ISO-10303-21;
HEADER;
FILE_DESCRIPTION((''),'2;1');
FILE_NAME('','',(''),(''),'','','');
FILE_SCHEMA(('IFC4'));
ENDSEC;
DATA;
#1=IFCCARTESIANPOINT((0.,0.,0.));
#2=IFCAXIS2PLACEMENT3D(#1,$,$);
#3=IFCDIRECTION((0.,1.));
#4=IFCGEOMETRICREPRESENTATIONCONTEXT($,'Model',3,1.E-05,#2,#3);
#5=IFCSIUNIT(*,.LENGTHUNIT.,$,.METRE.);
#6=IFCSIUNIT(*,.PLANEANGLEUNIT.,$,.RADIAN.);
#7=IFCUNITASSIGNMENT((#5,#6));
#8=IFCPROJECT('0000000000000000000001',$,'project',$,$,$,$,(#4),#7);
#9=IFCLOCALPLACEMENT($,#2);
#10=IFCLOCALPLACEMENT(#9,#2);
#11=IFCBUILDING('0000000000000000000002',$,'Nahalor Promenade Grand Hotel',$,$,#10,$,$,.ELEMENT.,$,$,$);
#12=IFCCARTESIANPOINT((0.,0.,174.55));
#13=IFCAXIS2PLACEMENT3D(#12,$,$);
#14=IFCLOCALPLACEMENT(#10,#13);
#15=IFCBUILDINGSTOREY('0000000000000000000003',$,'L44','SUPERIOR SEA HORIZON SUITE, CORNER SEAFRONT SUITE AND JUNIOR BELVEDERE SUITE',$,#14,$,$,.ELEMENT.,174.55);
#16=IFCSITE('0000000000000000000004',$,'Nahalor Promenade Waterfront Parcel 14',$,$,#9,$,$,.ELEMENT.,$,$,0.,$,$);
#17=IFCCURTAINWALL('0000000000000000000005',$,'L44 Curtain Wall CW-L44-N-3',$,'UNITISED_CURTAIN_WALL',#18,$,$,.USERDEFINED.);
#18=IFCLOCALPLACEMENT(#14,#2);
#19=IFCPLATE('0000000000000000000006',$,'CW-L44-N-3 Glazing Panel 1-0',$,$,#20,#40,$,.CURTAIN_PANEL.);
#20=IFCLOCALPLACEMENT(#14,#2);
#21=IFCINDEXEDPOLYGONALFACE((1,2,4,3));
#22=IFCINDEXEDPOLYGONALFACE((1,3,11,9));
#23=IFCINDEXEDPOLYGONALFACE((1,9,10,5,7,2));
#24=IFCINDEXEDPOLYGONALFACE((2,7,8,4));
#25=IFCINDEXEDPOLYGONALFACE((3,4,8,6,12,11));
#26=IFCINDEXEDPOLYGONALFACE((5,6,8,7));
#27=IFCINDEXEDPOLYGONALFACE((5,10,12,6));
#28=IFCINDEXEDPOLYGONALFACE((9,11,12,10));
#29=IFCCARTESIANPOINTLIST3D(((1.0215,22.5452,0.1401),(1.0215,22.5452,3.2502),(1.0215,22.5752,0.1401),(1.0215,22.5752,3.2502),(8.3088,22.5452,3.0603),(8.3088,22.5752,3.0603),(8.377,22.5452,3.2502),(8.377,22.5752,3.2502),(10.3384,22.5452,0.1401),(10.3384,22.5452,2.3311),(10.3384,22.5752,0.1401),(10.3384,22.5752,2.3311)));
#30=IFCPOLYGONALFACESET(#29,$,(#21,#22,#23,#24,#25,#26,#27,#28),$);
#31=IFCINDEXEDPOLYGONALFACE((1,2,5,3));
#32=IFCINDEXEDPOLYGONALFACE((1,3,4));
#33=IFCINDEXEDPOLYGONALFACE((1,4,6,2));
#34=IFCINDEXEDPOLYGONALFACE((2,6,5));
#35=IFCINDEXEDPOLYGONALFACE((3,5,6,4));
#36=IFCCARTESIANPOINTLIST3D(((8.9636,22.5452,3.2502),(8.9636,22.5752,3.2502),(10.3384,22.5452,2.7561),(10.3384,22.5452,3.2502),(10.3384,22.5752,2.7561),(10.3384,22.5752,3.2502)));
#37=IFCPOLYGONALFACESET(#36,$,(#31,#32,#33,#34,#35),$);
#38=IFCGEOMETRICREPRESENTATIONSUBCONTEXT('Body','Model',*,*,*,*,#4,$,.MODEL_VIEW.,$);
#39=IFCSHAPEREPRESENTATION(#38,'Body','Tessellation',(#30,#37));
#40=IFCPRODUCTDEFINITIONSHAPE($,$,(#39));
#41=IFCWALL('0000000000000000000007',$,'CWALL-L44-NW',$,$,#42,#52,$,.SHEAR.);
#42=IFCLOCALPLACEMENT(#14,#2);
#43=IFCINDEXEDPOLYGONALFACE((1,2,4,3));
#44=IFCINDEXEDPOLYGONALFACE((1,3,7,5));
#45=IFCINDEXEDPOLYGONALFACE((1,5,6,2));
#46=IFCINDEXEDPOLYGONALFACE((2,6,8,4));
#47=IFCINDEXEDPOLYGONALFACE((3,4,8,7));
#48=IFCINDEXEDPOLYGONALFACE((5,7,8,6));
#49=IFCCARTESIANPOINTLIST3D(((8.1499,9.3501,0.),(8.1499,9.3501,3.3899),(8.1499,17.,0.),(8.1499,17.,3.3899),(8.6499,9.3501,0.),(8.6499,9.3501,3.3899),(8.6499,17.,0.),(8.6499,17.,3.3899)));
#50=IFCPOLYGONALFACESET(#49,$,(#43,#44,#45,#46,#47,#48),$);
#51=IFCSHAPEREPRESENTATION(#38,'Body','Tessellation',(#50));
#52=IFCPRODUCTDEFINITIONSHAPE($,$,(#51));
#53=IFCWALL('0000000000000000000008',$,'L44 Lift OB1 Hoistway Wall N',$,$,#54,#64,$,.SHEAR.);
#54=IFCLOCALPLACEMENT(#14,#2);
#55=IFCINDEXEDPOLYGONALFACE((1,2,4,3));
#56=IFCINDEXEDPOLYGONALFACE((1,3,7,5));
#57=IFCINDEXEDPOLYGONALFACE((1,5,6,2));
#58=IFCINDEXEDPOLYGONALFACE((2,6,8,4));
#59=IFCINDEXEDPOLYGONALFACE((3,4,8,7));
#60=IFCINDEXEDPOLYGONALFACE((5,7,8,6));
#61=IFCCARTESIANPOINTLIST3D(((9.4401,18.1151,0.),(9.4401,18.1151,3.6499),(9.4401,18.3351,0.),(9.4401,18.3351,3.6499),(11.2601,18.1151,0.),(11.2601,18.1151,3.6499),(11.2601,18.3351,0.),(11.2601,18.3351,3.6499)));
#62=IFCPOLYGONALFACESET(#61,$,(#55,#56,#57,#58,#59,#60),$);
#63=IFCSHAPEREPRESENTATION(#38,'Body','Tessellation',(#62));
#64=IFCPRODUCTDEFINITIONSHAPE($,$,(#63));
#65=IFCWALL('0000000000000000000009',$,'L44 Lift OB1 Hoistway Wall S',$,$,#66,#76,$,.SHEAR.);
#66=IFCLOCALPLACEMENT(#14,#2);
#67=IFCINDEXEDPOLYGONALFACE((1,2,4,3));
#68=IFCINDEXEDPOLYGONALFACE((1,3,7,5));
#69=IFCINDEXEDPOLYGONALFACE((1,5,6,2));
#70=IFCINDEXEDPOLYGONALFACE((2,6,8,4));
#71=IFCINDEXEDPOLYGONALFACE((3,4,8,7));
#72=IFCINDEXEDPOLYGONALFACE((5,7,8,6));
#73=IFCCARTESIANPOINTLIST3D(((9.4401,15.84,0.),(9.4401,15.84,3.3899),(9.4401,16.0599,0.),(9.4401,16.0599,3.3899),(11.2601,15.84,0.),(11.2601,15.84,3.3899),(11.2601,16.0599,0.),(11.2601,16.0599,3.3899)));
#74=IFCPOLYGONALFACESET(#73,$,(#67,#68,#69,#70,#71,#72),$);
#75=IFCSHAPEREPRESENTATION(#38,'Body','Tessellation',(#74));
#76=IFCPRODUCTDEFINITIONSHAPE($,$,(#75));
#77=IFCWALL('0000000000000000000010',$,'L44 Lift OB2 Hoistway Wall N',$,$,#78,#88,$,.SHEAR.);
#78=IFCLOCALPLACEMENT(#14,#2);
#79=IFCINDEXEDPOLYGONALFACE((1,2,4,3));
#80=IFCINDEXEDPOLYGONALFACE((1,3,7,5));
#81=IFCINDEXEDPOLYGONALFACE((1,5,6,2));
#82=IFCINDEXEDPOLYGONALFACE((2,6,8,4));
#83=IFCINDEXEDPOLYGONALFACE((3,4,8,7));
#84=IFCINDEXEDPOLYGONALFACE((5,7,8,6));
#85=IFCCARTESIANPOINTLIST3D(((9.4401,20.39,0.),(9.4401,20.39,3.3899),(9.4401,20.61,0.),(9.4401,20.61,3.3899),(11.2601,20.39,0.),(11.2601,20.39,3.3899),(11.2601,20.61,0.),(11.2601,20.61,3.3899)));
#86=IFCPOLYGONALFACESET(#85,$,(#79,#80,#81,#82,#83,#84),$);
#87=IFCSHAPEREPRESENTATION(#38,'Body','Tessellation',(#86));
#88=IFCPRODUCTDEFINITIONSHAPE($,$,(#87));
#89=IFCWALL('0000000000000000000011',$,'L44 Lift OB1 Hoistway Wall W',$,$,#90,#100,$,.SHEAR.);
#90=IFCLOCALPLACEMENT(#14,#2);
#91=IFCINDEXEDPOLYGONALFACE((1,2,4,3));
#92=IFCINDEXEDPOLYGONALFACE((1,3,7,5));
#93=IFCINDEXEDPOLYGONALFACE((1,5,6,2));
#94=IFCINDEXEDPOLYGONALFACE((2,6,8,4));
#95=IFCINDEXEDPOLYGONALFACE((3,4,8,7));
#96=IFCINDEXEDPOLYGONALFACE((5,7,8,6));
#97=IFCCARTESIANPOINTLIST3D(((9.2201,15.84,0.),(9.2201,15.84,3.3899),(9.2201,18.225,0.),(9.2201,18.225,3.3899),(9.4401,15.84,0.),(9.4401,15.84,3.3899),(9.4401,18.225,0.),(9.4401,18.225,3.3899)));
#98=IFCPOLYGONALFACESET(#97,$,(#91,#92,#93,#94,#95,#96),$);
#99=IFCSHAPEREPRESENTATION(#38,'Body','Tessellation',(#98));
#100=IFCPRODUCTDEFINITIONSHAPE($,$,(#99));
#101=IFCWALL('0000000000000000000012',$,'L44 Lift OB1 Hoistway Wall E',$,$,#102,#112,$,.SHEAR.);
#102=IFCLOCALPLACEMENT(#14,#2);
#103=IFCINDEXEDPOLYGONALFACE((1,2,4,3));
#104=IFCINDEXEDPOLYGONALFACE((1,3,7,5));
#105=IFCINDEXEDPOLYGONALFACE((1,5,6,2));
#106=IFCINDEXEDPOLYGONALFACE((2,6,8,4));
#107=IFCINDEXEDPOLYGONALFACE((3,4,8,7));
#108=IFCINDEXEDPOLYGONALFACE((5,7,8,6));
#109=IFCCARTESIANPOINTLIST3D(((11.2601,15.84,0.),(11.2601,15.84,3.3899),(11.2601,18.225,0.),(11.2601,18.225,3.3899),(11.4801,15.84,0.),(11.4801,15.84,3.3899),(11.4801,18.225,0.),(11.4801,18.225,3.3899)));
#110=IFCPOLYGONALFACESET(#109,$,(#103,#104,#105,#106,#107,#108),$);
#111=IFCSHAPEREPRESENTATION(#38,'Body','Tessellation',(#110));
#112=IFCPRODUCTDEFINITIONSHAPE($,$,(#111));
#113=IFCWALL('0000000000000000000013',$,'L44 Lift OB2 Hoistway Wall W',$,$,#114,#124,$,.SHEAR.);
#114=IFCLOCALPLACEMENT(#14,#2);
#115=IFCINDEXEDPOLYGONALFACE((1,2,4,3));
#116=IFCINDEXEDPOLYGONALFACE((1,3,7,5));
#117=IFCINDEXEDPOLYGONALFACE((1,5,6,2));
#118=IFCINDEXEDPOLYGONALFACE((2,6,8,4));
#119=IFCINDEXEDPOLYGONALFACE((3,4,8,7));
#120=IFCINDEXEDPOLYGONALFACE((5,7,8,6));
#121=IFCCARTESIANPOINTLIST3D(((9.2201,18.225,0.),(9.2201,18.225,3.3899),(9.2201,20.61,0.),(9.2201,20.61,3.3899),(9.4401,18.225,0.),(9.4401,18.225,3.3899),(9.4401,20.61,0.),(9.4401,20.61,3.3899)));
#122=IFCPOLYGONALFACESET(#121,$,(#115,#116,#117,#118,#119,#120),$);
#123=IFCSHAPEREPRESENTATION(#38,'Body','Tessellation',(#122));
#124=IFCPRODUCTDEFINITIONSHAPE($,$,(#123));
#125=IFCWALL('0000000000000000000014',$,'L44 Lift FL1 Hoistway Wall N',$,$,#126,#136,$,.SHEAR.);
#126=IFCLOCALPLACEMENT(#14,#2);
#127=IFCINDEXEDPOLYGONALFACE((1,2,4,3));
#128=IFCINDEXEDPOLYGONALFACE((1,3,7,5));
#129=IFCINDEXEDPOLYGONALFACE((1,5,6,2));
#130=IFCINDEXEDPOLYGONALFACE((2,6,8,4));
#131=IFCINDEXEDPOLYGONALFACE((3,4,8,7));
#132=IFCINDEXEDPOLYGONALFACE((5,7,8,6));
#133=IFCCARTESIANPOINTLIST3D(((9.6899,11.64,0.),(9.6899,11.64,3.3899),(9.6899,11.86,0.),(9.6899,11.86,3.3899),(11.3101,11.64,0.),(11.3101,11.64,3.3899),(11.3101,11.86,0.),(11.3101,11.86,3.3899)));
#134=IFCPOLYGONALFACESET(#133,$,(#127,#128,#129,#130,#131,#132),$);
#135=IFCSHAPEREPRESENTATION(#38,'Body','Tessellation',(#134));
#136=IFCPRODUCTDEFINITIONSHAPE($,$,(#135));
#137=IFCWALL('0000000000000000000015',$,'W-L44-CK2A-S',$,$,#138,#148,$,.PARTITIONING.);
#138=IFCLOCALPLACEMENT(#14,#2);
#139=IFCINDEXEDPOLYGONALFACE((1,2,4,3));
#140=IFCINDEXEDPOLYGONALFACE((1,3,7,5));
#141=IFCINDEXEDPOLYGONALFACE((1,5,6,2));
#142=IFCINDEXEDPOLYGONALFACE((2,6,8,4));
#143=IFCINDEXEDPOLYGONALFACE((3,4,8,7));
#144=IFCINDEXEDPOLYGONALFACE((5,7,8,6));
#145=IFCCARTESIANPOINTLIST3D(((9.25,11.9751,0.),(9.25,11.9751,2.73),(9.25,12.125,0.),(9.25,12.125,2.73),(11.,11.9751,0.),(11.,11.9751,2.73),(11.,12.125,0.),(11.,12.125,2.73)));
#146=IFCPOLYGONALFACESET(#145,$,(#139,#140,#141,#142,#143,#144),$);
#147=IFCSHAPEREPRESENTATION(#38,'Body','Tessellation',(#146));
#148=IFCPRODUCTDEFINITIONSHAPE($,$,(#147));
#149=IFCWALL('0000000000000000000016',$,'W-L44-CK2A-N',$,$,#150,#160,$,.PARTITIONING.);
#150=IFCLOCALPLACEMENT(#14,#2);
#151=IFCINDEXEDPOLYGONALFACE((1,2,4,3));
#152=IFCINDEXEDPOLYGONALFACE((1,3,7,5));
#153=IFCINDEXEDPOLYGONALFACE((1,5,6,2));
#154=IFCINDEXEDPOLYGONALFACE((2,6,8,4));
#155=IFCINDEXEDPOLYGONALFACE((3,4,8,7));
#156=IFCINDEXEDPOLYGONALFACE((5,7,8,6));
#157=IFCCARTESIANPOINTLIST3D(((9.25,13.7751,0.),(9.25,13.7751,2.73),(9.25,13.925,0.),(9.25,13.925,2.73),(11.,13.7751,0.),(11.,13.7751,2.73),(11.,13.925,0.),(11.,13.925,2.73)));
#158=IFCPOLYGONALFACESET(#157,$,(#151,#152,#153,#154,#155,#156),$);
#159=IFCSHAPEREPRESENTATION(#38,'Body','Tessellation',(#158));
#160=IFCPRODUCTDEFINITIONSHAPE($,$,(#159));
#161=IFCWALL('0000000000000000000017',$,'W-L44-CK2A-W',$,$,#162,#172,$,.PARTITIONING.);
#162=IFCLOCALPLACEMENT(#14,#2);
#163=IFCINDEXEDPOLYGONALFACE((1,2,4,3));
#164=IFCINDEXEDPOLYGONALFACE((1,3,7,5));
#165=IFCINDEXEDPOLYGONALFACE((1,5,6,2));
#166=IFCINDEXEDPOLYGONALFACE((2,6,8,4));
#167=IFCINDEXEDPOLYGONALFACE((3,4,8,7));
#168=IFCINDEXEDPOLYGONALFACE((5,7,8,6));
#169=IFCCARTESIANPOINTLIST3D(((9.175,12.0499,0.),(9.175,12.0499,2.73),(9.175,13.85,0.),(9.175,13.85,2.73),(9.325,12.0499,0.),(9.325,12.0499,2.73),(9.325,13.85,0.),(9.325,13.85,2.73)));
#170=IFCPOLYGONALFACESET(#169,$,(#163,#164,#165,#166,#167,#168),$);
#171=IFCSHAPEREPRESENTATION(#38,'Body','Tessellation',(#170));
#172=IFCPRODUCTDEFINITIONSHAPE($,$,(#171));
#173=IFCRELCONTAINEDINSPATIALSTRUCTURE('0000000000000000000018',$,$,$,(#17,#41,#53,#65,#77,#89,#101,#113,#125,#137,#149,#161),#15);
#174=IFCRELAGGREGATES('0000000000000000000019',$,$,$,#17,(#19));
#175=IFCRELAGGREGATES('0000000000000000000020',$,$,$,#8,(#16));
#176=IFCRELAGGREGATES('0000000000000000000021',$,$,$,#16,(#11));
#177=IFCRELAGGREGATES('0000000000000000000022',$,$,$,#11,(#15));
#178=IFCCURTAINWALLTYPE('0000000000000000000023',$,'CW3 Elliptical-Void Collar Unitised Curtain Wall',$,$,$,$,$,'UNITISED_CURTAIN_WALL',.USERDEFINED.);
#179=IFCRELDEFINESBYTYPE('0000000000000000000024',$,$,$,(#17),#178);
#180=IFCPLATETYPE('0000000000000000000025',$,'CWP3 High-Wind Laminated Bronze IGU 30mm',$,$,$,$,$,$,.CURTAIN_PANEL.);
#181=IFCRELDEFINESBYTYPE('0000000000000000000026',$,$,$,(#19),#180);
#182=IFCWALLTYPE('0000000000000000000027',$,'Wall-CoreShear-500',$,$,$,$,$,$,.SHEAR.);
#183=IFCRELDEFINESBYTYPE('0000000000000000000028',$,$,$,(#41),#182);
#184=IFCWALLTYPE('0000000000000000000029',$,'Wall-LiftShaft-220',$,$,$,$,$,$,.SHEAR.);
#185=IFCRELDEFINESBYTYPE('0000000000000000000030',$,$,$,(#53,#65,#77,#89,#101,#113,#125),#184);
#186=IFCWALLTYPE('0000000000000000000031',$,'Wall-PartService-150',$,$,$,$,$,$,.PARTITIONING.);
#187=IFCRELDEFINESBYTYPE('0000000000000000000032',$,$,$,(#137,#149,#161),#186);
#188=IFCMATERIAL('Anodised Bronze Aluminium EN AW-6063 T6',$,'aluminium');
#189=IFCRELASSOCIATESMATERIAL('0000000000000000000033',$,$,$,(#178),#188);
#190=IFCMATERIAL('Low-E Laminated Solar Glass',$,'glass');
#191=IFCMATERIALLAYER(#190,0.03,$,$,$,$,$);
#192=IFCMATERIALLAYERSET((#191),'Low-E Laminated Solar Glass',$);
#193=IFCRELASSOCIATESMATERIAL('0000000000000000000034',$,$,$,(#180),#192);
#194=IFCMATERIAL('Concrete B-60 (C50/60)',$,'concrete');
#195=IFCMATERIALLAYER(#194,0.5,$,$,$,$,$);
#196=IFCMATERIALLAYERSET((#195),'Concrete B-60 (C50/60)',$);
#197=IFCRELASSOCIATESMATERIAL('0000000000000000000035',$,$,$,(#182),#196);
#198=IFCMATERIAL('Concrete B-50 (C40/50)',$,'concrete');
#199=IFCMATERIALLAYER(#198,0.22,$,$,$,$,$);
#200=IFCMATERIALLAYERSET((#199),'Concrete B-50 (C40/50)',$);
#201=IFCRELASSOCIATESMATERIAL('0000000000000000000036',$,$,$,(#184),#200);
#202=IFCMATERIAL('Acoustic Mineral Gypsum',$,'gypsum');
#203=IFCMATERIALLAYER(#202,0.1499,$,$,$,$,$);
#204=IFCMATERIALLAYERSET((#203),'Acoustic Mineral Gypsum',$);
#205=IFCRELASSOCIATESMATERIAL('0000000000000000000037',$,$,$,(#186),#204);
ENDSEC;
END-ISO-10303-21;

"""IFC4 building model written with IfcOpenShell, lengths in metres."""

from ifc_helpers import new_model, si_unit, direction, frame, frame_2d, origin, place, context, subcontext, project, spatial, polyline, rectangle, outline, extrude, source, transform, mapped, material, layer, layer_set, type_object, element, aggregate, save


model = new_model("IFC4")

# Units and contexts
model_context = context("Model", 3, precision=1e-05, world=origin(), true_north=direction((0.0, 1.0)))
body_context = subcontext(model_context, "Body", "Model", "MODEL_VIEW")
ifc_project = project(units=[si_unit("LENGTHUNIT", "METRE"), si_unit("PLANEANGLEUNIT", "RADIAN")], contexts=[model_context])

# Site, building, storey
site_placement = place(None, origin())
site = spatial("IfcSite", under=ifc_project, at=site_placement, Name="Nahalor Promenade Waterfront Parcel 14", CompositionType="ELEMENT", RefElevation=0.0)
building_placement = place(site_placement, origin())
building = spatial("IfcBuilding", under=site, at=building_placement, Name="Nahalor Promenade Grand Hotel", CompositionType="ELEMENT")
storey_placement = place(building_placement, frame((0.0, 0.0, 174.55)))
storey = spatial("IfcBuildingStorey", under=building, at=storey_placement, Name="L44", Description="SUPERIOR SEA HORIZON SUITE, CORNER SEAFRONT SUITE AND JUNIOR BELVEDERE SUITE", CompositionType="ELEMENT", Elevation=174.55)

# Shared definitions
ifc_material_1 = material(Name="Concrete B-60 (C50/60)", Category="concrete")

# Curtain wall, plate
ifc_material_2 = material(Name="Anodised Bronze Aluminium EN AW-6063 T6", Category="aluminium")
curtain_wall_type = type_object("IfcCurtainWallType", Name="CW3 Elliptical-Void Collar Unitised Curtain Wall", ElementType="UNITISED_CURTAIN_WALL", PredefinedType="USERDEFINED", material=ifc_material_2)
curtain_wall_placement = place(storey_placement, origin())
curtain_wall = element("IfcCurtainWall", 1, at=curtain_wall_placement, inside=storey, type_object=curtain_wall_type, Name="L44 Curtain Wall CW-L44-N-3", ObjectType="UNITISED_CURTAIN_WALL", PredefinedType="USERDEFINED")
ifc_material_3 = material(Name="Low-E Laminated Solar Glass", Category="glass")
ifc_layer_1 = layer(ifc_material_3, 0.03)
ifc_layer_set_1 = layer_set([ifc_layer_1], Name="Low-E Laminated Solar Glass")
plate_type = type_object("IfcPlateType", Name="CWP3 High-Wind Laminated Bronze IGU 30mm", PredefinedType="CURTAIN_PANEL", material=ifc_layer_set_1)
plate_placement = place(storey_placement, frame((5.6799, 22.5601, 0.1401), z_axis=(0.0, 0.0, 1.0), x_axis=(1.0, 0.0, 0.0)))
plate = element("IfcPlate", 2, at=plate_placement, type_object=plate_type, Name="CW-L44-N-3 Glazing Panel 1-0", PredefinedType="CURTAIN_PANEL", context=body_context, shape_type="SweptSolid", body=[
    extrude(outline(polyline([(-4.6584, 0.0), (4.6584, 0.0), (4.6584, 2.1909), (2.6289, 2.9202), (2.697, 3.1101), (-4.6584, 3.1101), (-4.6584, 0.0)])), frame((0.0, 0.0151, 0.0), z_axis=(0.0, -1.0, 0.0), x_axis=(1.0, 0.0, 0.0)), (0.0, 0.0, 1.0), 0.03),
    extrude(outline(polyline([(4.6584, 2.616), (4.6584, 3.1101), (3.2837, 3.1101), (4.6584, 2.616)])), frame((0.0, 0.0151, 0.0), z_axis=(0.0, -1.0, 0.0), x_axis=(1.0, 0.0, 0.0)), (0.0, 0.0, 1.0), 0.03),
])
aggregate(curtain_wall, [plate])

# Walls
ifc_layer_2 = layer(ifc_material_1, 0.5)
ifc_layer_set_2 = layer_set([ifc_layer_2], Name="Concrete B-60 (C50/60)")
wall_type_1 = type_object("IfcWallType", Name="Wall-CoreShear-500", PredefinedType="SHEAR", material=ifc_layer_set_2)
shared_shape_1 = source(origin(), body_context, "Body", "SweptSolid", [
    extrude(rectangle(XDim=7.6499, YDim=0.5, at=frame_2d((3.825, 0.0))), origin(), (0.0, 0.0, 1.0), 3.3899),
])
wall_1_placement = place(storey_placement, frame((8.3999, 9.3501, 0.0), z_axis=(0.0, 0.0, 1.0), x_axis=(0.0, 1.0, 0.0)))
element("IfcWall", 3, at=wall_1_placement, inside=storey, type_object=wall_type_1, Name="CWALL-L44-NW", PredefinedType="SHEAR", context=body_context, shape_type="MappedRepresentation", body=[
    mapped(shared_shape_1, transform((0.0, 0.0, 0.0), scale=1.0)),
])
ifc_material_4 = material(Name="Concrete B-50 (C40/50)", Category="concrete")
ifc_layer_3 = layer(ifc_material_4, 0.22)
ifc_layer_set_3 = layer_set([ifc_layer_3], Name="Concrete B-50 (C40/50)")
wall_type_2 = type_object("IfcWallType", Name="Wall-LiftShaft-220", PredefinedType="SHEAR", material=ifc_layer_set_3)
shared_shape_2 = source(origin(), body_context, "Body", "SweptSolid", [
    extrude(rectangle(XDim=1.8201, YDim=0.22, at=frame_2d((0.9102, 0.0))), origin(), (0.0, 0.0, 1.0), 3.6499),
])
wall_2_placement = place(storey_placement, frame((9.4399, 18.2251, 0.0), z_axis=(0.0, 0.0, 1.0), x_axis=(1.0, 0.0, 0.0)))
element("IfcWall", 4, at=wall_2_placement, inside=storey, type_object=wall_type_2, Name="L44 Lift OB1 Hoistway Wall N", PredefinedType="SHEAR", context=body_context, shape_type="MappedRepresentation", body=[
    mapped(shared_shape_2, transform((0.0, 0.0, 0.0), scale=1.0)),
])
shared_shape_3 = source(origin(), body_context, "Body", "SweptSolid", [
    extrude(rectangle(XDim=1.8201, YDim=0.22, at=frame_2d((0.9102, 0.0))), origin(), (0.0, 0.0, 1.0), 3.3899),
])
for number, where, z_axis, x_axis, name in (
    (5, (9.4399, 15.95, 0.0), (0.0, 0.0, 1.0), (1.0, 0.0, 0.0), "L44 Lift OB1 Hoistway Wall S"),
    (6, (9.4399, 20.5, 0.0), (0.0, 0.0, 1.0), (1.0, 0.0, 0.0), "L44 Lift OB2 Hoistway Wall N"),
):
    element("IfcWall", number, at=place(storey_placement, frame(where, z_axis=z_axis, x_axis=x_axis)), inside=storey, type_object=wall_type_2, Name=name, PredefinedType="SHEAR", context=body_context, shape_type="MappedRepresentation", body=[
        mapped(shared_shape_3, transform((0.0, 0.0, 0.0), scale=1.0)),
    ])
shared_shape_4 = source(origin(), body_context, "Body", "SweptSolid", [
    extrude(rectangle(XDim=2.385, YDim=0.22, at=frame_2d((1.1924, 0.0))), origin(), (0.0, 0.0, 1.0), 3.3899),
])
for number, where, z_axis, x_axis, name in (
    (7, (9.3301, 15.8401, 0.0), (0.0, 0.0, 1.0), (0.0, 1.0, 0.0), "L44 Lift OB1 Hoistway Wall W"),
    (8, (11.3701, 15.8401, 0.0), (0.0, 0.0, 1.0), (0.0, 1.0, 0.0), "L44 Lift OB1 Hoistway Wall E"),
    (9, (9.3301, 18.2251, 0.0), (0.0, 0.0, 1.0), (0.0, 1.0, 0.0), "L44 Lift OB2 Hoistway Wall W"),
):
    element("IfcWall", number, at=place(storey_placement, frame(where, z_axis=z_axis, x_axis=x_axis)), inside=storey, type_object=wall_type_2, Name=name, PredefinedType="SHEAR", context=body_context, shape_type="MappedRepresentation", body=[
        mapped(shared_shape_4, transform((0.0, 0.0, 0.0), scale=1.0)),
    ])
shared_shape_5 = source(origin(), body_context, "Body", "SweptSolid", [
    extrude(rectangle(XDim=1.6201, YDim=0.22, at=frame_2d((0.8101, 0.0))), origin(), (0.0, 0.0, 1.0), 3.3899),
])
wall_3_placement = place(storey_placement, frame((9.6899, 11.75, 0.0), z_axis=(0.0, 0.0, 1.0), x_axis=(1.0, 0.0, 0.0)))
element("IfcWall", 10, at=wall_3_placement, inside=storey, type_object=wall_type_2, Name="L44 Lift FL1 Hoistway Wall N", PredefinedType="SHEAR", context=body_context, shape_type="MappedRepresentation", body=[
    mapped(shared_shape_5, transform((0.0, 0.0, 0.0), scale=1.0)),
])
ifc_material_5 = material(Name="Acoustic Mineral Gypsum", Category="gypsum")
ifc_layer_4 = layer(ifc_material_5, 0.1499)
ifc_layer_set_4 = layer_set([ifc_layer_4], Name="Acoustic Mineral Gypsum")
wall_type_3 = type_object("IfcWallType", Name="Wall-PartService-150", PredefinedType="PARTITIONING", material=ifc_layer_set_4)
shared_shape_6 = source(origin(), body_context, "Body", "SweptSolid", [
    extrude(rectangle(XDim=1.75, YDim=0.1499, at=frame_2d((0.875, 0.0))), origin(), (0.0, 0.0, 1.0), 2.73),
])
for number, where, z_axis, x_axis, name in (
    (11, (9.25, 12.05, 0.0), (0.0, 0.0, 1.0), (1.0, 0.0, 0.0), "W-L44-CK2A-S"),
    (12, (9.25, 13.8501, 0.0), (0.0, 0.0, 1.0), (1.0, 0.0, 0.0), "W-L44-CK2A-N"),
):
    element("IfcWall", number, at=place(storey_placement, frame(where, z_axis=z_axis, x_axis=x_axis)), inside=storey, type_object=wall_type_3, Name=name, PredefinedType="PARTITIONING", context=body_context, shape_type="MappedRepresentation", body=[
        mapped(shared_shape_6, transform((0.0, 0.0, 0.0), scale=1.0)),
    ])
shared_shape_7 = source(origin(), body_context, "Body", "SweptSolid", [
    extrude(rectangle(XDim=1.8, YDim=0.1499, at=frame_2d((0.8999, 0.0))), origin(), (0.0, 0.0, 1.0), 2.73),
])
wall_4_placement = place(storey_placement, frame((9.25, 12.05, 0.0), z_axis=(0.0, 0.0, 1.0), x_axis=(0.0, 1.0, 0.0)))
element("IfcWall", 13, at=wall_4_placement, inside=storey, type_object=wall_type_3, Name="W-L44-CK2A-W", PredefinedType="PARTITIONING", context=body_context, shape_type="MappedRepresentation", body=[
    mapped(shared_shape_7, transform((0.0, 0.0, 0.0), scale=1.0)),
])

save(model, "model.ifc")
